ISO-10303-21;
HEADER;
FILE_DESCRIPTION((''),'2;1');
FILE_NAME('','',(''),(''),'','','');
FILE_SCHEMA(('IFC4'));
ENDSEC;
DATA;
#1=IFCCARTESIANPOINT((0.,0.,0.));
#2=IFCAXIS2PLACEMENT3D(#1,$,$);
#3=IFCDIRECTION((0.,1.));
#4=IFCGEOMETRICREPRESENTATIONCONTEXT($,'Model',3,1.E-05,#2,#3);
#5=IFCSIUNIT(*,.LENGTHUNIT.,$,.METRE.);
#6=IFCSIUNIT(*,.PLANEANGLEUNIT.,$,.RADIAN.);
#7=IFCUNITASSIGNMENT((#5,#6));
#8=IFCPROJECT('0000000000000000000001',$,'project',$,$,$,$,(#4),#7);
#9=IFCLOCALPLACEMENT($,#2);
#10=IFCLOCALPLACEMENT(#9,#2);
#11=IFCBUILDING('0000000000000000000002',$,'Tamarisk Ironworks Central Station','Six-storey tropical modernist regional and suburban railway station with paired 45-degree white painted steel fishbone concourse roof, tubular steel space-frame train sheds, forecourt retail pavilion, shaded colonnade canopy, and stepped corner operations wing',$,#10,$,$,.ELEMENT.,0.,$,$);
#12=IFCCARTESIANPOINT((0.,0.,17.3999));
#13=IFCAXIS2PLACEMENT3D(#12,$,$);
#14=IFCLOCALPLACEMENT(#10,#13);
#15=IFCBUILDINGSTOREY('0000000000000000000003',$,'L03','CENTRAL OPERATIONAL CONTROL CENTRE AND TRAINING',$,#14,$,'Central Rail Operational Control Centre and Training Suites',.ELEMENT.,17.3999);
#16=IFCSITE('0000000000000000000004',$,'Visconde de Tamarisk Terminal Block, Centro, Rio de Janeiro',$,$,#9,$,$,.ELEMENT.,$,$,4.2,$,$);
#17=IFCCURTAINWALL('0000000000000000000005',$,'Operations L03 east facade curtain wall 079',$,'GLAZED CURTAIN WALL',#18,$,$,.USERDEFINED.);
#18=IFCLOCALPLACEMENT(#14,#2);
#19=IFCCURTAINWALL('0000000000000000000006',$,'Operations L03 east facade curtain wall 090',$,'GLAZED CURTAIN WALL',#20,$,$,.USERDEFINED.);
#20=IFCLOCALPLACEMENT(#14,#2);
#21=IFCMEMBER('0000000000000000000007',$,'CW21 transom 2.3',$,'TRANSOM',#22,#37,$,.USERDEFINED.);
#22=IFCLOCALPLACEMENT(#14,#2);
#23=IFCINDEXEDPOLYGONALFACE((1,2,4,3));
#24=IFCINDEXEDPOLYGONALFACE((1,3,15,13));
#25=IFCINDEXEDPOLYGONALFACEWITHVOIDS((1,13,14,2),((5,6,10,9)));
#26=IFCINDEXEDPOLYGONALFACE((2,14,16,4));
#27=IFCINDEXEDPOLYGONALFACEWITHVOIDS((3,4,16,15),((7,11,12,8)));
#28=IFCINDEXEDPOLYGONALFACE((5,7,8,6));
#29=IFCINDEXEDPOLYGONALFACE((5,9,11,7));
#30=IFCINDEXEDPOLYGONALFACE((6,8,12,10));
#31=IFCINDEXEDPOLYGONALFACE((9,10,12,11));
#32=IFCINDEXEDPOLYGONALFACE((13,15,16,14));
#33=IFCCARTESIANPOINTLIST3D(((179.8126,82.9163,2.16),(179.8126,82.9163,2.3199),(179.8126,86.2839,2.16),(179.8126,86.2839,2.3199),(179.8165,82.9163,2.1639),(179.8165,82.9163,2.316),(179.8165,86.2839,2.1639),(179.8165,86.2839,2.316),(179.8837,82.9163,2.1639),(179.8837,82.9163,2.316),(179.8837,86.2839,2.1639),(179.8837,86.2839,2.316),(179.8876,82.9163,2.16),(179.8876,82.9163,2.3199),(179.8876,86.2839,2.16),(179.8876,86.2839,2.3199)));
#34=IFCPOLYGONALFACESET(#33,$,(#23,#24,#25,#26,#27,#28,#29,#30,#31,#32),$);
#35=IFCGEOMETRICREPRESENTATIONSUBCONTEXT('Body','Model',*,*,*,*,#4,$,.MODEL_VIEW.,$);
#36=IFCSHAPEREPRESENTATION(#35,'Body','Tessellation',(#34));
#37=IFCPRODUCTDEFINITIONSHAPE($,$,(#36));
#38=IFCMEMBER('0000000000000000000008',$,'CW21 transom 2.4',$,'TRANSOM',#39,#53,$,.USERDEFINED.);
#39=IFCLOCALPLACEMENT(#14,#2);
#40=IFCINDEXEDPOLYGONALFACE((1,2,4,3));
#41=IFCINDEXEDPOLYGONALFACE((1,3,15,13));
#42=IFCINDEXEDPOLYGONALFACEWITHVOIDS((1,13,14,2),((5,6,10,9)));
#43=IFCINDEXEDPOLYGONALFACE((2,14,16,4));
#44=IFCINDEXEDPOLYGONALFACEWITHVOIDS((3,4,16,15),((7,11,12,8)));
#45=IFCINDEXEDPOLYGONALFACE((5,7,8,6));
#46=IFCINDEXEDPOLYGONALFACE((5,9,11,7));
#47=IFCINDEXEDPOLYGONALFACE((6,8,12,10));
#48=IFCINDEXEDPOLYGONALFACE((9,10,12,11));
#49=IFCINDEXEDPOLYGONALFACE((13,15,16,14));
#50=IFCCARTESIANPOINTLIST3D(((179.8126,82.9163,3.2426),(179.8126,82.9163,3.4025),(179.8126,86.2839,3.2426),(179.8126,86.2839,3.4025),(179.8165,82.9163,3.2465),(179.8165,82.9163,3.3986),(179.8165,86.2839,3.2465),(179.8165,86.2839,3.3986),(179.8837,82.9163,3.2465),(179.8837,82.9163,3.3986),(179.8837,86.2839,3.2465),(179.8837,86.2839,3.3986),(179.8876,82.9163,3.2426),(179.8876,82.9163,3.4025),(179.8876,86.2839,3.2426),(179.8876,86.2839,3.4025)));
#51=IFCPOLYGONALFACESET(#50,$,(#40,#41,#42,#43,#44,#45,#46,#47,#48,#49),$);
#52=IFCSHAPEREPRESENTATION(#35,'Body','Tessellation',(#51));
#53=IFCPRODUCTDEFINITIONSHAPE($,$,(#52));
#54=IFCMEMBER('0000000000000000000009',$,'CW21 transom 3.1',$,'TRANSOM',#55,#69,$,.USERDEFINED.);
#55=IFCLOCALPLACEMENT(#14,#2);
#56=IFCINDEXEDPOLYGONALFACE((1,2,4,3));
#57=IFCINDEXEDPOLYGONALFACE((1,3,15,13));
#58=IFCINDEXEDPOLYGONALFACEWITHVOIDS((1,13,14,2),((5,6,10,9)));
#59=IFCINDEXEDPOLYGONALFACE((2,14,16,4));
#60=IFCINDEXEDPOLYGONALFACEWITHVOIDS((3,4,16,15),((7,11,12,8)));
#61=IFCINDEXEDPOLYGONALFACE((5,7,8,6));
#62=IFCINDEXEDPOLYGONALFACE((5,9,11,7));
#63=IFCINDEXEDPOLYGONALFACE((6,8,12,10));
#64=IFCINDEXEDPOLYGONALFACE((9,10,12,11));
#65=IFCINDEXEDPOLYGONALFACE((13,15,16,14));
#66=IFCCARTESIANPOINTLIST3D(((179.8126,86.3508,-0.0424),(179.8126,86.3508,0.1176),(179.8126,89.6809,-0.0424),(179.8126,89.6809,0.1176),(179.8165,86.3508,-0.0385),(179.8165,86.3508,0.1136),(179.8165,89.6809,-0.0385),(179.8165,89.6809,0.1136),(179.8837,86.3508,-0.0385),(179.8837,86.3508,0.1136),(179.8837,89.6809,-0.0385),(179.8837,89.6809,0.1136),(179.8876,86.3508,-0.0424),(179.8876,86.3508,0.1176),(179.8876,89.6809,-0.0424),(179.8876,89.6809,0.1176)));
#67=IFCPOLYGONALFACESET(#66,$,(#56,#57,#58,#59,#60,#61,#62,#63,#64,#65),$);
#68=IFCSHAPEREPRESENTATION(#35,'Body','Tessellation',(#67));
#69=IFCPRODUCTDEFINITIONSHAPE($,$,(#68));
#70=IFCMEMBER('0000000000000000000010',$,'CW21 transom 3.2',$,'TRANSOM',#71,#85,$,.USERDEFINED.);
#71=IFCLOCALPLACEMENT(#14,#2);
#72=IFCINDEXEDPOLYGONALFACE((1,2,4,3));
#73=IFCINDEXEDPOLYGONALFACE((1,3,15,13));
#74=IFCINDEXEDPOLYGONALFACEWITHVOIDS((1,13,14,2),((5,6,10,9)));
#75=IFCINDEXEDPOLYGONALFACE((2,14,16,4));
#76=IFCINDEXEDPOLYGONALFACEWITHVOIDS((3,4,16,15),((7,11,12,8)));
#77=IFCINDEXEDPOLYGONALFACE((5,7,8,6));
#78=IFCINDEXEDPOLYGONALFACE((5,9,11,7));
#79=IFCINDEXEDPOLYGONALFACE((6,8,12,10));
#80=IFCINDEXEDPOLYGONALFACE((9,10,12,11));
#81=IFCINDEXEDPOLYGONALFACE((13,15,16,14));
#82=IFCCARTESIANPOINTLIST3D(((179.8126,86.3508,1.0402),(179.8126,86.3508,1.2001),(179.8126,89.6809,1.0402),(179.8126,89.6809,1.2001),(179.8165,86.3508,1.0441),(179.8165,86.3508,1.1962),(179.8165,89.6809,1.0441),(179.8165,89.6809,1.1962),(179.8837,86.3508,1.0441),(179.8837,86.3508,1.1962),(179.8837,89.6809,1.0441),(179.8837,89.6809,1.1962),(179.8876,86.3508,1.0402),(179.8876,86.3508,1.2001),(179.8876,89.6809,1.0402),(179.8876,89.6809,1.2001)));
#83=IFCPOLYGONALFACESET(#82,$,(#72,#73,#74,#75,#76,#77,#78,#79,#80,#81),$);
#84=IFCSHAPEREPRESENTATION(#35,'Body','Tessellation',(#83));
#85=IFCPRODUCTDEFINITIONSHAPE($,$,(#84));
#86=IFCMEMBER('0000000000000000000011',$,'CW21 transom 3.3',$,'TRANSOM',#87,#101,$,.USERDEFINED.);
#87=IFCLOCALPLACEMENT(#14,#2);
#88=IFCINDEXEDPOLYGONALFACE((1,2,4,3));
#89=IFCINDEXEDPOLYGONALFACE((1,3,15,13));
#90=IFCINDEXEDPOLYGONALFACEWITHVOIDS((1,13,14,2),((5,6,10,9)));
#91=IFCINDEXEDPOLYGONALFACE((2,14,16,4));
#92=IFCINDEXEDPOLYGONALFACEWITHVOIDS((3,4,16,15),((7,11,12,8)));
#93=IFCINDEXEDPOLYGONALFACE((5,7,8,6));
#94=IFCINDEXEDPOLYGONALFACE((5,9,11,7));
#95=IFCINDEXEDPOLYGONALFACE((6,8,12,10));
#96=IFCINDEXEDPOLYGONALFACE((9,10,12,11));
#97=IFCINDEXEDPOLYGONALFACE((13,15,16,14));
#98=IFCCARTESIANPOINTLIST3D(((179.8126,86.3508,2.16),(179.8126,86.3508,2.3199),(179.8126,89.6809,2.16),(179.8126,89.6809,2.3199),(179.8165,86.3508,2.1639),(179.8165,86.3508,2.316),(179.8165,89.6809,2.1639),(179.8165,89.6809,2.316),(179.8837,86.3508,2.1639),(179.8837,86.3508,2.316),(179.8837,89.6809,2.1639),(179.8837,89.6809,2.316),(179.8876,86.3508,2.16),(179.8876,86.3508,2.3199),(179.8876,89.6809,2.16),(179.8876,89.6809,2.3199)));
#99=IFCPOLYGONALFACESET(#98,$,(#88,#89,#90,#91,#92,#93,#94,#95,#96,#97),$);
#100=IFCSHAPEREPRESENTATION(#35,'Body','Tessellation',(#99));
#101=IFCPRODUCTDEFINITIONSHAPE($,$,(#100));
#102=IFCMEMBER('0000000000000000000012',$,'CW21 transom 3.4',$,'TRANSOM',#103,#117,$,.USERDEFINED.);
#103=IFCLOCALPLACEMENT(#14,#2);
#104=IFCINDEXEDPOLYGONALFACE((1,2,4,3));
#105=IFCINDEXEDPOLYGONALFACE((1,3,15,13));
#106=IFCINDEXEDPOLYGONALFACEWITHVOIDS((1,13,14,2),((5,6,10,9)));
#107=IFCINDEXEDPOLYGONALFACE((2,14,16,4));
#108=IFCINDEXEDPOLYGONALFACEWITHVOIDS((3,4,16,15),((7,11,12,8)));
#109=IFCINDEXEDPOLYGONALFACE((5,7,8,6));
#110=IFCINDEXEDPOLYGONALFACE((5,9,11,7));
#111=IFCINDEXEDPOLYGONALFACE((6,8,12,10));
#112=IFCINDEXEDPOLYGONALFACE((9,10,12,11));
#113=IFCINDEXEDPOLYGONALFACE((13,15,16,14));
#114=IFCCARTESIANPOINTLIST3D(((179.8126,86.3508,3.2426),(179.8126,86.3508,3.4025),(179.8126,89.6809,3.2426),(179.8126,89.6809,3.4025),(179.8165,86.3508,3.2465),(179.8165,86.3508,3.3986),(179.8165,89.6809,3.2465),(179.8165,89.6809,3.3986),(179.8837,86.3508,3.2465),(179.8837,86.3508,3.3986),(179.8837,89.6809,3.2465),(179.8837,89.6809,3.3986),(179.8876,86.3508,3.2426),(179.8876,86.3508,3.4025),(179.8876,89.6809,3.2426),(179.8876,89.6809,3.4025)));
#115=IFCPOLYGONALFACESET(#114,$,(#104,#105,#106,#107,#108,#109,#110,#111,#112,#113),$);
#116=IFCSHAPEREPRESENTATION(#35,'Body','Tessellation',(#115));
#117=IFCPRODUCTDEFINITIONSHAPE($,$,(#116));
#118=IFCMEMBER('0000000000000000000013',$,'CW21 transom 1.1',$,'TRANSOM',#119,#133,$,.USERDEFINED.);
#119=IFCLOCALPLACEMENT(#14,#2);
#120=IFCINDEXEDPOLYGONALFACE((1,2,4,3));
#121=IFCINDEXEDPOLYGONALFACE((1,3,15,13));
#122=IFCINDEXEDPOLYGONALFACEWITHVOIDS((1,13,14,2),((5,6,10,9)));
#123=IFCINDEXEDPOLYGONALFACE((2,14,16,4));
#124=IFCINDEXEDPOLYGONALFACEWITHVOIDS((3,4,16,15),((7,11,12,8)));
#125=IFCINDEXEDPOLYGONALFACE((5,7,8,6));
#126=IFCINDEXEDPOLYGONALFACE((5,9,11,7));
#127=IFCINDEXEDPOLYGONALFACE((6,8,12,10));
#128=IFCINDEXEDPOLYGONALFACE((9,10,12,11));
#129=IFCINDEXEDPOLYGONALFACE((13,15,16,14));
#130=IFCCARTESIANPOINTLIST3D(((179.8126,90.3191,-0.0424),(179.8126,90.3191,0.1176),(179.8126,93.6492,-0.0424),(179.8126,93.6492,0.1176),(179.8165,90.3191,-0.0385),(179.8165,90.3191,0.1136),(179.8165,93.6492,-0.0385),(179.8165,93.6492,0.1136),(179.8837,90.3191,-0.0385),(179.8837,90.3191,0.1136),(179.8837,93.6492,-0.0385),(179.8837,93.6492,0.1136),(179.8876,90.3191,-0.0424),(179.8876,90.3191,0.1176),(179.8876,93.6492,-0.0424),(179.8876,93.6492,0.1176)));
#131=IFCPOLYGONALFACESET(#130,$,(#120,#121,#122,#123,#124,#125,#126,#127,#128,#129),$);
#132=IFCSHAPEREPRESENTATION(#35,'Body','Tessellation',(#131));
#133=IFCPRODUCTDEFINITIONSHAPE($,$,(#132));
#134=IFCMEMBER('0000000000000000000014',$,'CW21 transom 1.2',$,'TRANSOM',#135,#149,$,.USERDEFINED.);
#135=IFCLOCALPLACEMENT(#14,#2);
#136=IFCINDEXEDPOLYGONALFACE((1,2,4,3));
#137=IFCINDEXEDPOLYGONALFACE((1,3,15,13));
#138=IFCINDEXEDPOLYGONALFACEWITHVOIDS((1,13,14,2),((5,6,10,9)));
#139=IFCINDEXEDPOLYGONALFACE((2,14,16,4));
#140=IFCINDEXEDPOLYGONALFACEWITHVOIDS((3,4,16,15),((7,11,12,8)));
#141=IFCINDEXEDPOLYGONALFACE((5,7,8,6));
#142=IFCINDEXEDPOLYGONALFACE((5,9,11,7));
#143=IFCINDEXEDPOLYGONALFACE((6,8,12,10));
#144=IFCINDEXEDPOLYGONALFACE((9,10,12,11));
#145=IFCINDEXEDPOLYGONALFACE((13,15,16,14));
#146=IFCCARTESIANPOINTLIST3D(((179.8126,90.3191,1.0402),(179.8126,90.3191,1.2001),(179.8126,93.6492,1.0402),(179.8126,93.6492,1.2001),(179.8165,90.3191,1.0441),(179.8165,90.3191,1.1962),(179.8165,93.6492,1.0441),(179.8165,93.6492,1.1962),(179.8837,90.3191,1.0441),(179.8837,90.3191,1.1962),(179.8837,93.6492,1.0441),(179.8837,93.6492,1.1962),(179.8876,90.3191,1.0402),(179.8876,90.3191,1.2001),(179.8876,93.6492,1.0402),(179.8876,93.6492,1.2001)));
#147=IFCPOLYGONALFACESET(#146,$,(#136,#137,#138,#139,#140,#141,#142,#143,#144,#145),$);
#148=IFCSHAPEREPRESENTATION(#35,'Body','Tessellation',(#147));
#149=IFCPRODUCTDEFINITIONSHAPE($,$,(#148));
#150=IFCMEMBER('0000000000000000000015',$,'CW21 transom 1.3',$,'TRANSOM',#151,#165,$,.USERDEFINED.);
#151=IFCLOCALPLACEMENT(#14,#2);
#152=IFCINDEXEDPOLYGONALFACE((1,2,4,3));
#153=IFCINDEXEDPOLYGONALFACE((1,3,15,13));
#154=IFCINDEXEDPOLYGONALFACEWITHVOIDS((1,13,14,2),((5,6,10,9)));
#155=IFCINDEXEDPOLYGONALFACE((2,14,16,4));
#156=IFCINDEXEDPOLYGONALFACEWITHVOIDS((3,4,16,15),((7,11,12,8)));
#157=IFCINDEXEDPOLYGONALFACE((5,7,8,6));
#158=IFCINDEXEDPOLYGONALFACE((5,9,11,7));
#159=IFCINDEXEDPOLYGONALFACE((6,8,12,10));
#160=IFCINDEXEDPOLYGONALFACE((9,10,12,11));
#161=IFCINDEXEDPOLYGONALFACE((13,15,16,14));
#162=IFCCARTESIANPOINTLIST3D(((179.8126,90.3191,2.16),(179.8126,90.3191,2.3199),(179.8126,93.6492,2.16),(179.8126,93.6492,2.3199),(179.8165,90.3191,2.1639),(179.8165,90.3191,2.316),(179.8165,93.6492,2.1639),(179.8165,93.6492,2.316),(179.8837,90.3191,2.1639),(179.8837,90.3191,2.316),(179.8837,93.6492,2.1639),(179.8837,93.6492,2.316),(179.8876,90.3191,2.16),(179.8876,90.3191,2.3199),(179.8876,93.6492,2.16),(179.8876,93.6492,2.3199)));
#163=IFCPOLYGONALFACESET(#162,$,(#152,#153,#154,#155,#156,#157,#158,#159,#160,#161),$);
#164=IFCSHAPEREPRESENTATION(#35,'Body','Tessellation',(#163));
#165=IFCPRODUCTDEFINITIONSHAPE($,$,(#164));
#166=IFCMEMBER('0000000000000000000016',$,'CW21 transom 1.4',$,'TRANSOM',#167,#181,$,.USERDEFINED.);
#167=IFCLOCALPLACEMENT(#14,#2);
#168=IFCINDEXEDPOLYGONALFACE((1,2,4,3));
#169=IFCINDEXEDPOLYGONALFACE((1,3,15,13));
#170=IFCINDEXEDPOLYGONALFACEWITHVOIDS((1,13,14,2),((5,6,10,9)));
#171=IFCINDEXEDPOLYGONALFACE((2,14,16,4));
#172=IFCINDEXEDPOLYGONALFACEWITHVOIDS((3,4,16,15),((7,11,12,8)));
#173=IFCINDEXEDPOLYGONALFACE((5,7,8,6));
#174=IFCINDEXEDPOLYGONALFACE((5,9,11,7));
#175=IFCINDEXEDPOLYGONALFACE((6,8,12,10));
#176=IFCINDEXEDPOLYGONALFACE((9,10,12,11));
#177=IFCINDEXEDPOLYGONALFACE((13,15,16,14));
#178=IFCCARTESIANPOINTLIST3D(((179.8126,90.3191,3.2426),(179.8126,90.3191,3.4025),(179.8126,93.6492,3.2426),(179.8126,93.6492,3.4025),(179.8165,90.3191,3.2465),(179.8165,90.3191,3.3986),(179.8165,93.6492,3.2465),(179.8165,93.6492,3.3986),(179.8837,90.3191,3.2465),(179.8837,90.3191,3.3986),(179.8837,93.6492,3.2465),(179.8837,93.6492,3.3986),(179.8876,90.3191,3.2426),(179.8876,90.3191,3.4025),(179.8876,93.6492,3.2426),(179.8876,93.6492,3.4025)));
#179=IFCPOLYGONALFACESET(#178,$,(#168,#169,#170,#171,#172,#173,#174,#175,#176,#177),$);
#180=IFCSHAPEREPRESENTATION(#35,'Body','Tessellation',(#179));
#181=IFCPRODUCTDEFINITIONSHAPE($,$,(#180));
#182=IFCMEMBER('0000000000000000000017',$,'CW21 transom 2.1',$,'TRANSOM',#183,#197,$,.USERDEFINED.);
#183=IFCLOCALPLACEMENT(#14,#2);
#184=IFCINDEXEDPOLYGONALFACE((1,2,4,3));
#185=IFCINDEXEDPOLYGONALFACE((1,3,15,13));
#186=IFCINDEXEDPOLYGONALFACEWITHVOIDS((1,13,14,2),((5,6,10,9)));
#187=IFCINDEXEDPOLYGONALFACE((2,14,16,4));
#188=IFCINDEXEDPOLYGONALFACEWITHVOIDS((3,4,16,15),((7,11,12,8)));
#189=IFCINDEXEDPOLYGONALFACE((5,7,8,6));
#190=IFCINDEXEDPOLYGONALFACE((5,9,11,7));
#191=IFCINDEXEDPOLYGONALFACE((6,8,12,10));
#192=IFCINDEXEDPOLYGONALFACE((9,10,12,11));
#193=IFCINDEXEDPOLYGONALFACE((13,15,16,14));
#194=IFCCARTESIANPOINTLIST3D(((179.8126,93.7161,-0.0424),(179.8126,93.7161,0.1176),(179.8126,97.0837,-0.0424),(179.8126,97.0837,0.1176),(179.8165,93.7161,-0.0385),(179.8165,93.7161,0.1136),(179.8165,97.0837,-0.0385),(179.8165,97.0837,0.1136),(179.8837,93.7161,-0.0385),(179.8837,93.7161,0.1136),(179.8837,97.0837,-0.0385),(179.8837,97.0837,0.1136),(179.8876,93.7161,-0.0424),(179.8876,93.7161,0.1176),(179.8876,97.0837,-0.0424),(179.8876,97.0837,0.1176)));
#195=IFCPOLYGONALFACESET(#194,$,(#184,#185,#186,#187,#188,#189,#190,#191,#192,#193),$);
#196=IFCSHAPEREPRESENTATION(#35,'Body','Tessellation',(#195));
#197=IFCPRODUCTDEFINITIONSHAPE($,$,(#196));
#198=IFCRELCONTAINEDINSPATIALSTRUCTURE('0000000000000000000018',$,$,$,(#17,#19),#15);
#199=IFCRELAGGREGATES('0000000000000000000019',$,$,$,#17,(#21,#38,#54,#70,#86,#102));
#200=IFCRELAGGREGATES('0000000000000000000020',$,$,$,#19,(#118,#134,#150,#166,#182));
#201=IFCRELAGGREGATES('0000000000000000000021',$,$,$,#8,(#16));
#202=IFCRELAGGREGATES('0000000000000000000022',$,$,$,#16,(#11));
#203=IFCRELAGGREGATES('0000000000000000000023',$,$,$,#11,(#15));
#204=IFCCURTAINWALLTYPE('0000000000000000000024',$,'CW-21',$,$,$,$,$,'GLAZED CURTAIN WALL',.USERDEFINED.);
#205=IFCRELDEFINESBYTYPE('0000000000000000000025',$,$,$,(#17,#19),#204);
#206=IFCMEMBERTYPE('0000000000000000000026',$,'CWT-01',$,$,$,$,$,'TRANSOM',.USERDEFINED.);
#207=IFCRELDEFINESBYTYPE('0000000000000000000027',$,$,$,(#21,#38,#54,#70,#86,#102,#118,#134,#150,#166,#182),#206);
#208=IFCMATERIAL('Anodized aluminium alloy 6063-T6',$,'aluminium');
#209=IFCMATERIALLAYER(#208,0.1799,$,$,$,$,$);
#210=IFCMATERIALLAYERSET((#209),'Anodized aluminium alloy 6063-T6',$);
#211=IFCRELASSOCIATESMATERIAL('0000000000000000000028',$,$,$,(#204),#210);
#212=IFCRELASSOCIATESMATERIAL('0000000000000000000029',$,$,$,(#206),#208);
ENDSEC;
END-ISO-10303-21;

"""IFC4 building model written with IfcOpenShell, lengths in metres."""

from ifc_helpers import new_model, si_unit, direction, frame, origin, origin_2d, place, context, subcontext, project, spatial, hollow_rectangle, extrude, material, layer, layer_set, material_profile, profile_set, type_object, element, aggregate, save


model = new_model("IFC4")

# Units and contexts
model_context = context("Model", 3, precision=1e-05, world=origin(), true_north=direction((0.0, 1.0)))
body_context = subcontext(model_context, "Body", "Model", "MODEL_VIEW")
ifc_project = project(units=[si_unit("LENGTHUNIT", "METRE"), si_unit("PLANEANGLEUNIT", "RADIAN")], contexts=[model_context])

# Site, building, storey
site_placement = place(None, origin())
site = spatial("IfcSite", under=ifc_project, at=site_placement, Name="Visconde de Tamarisk Terminal Block, Centro, Rio de Janeiro", CompositionType="ELEMENT", RefElevation=4.2)
building_placement = place(site_placement, origin())
building = spatial("IfcBuilding", under=site, at=building_placement, Name="Tamarisk Ironworks Central Station", Description="Six-storey tropical modernist regional and suburban railway station with paired 45-degree white painted steel fishbone concourse roof, tubular steel space-frame train sheds, forecourt retail pavilion, shaded colonnade canopy, and stepped corner operations wing", CompositionType="ELEMENT", ElevationOfRefHeight=0.0)
storey_placement = place(building_placement, frame((0.0, 0.0, 17.3999)))
storey = spatial("IfcBuildingStorey", under=building, at=storey_placement, Name="L03", Description="CENTRAL OPERATIONAL CONTROL CENTRE AND TRAINING", LongName="Central Rail Operational Control Centre and Training Suites", CompositionType="ELEMENT", Elevation=17.3999)

# Curtain walls
ifc_material_1 = material(Name="Anodized aluminium alloy 6063-T6", Category="aluminium")
ifc_layer_1 = layer(ifc_material_1, 0.1799)
ifc_layer_set_1 = layer_set([ifc_layer_1], Name="Anodized aluminium alloy 6063-T6")
curtain_wall_type = type_object("IfcCurtainWallType", Name="CW-21", ElementType="GLAZED CURTAIN WALL", PredefinedType="USERDEFINED", material=ifc_layer_set_1)
curtain_wall_1_placement = place(storey_placement, origin())
curtain_wall_1 = element("IfcCurtainWall", 1, at=curtain_wall_1_placement, inside=storey, type_object=curtain_wall_type, Name="Operations L03 east facade curtain wall 079", ObjectType="GLAZED CURTAIN WALL", PredefinedType="USERDEFINED")
curtain_wall_2_placement = place(storey_placement, origin())
curtain_wall_2 = element("IfcCurtainWall", 2, at=curtain_wall_2_placement, inside=storey, type_object=curtain_wall_type, Name="Operations L03 east facade curtain wall 090", ObjectType="GLAZED CURTAIN WALL", PredefinedType="USERDEFINED")

# Members
ifc_material_profile_1 = material_profile(ifc_material_1, hollow_rectangle(XDim=0.075, YDim=0.1599, WallThickness=0.0039, at=origin_2d()), Name="ALUM 160x75")
ifc_profile_set_1 = profile_set([ifc_material_profile_1], Name="Anodized aluminium alloy 6063-T6")
member_type_1 = type_object("IfcMemberType", Name="CWT-01", ElementType="TRANSOM", PredefinedType="USERDEFINED", material=ifc_profile_set_1)
member_1_placement = place(storey_placement, frame((179.8501, 82.9163, 2.24), z_axis=(0.0, 1.0, 0.0), x_axis=(-1.0, 0.0, 0.0)))
member_1 = element("IfcMember", 3, at=member_1_placement, type_object=member_type_1, Name="CW21 transom 2.3", ObjectType="TRANSOM", PredefinedType="USERDEFINED", context=body_context, shape_type="SweptSolid", body=[
    extrude(hollow_rectangle(XDim=0.075, YDim=0.1599, WallThickness=0.0039, at=origin_2d()), origin(), (0.0, 0.0, 1.0), 3.3677),
])
member_2_placement = place(storey_placement, frame((179.8501, 82.9163, 3.3225), z_axis=(0.0, 1.0, 0.0), x_axis=(-1.0, 0.0, 0.0)))
member_2 = element("IfcMember", 4, at=member_2_placement, type_object=member_type_1, Name="CW21 transom 2.4", ObjectType="TRANSOM", PredefinedType="USERDEFINED", context=body_context, shape_type="SweptSolid", body=[
    extrude(hollow_rectangle(XDim=0.075, YDim=0.1599, WallThickness=0.0039, at=origin_2d()), origin(), (0.0, 0.0, 1.0), 3.3677),
])
member_3_placement = place(storey_placement, frame((179.8501, 86.3508, 0.0376), z_axis=(0.0, 1.0, 0.0), x_axis=(-1.0, 0.0, 0.0)))
member_3 = element("IfcMember", 5, at=member_3_placement, type_object=member_type_1, Name="CW21 transom 3.1", ObjectType="TRANSOM", PredefinedType="USERDEFINED", context=body_context, shape_type="SweptSolid", body=[
    extrude(hollow_rectangle(XDim=0.075, YDim=0.1599, WallThickness=0.0039, at=origin_2d()), origin(), (0.0, 0.0, 1.0), 3.3301),
])
member_4_placement = place(storey_placement, frame((179.8501, 86.3508, 1.1201), z_axis=(0.0, 1.0, 0.0), x_axis=(-1.0, 0.0, 0.0)))
member_4 = element("IfcMember", 6, at=member_4_placement, type_object=member_type_1, Name="CW21 transom 3.2", ObjectType="TRANSOM", PredefinedType="USERDEFINED", context=body_context, shape_type="SweptSolid", body=[
    extrude(hollow_rectangle(XDim=0.075, YDim=0.1599, WallThickness=0.0039, at=origin_2d()), origin(), (0.0, 0.0, 1.0), 3.3301),
])
member_5_placement = place(storey_placement, frame((179.8501, 86.3508, 2.24), z_axis=(0.0, 1.0, 0.0), x_axis=(-1.0, 0.0, 0.0)))
member_5 = element("IfcMember", 7, at=member_5_placement, type_object=member_type_1, Name="CW21 transom 3.3", ObjectType="TRANSOM", PredefinedType="USERDEFINED", context=body_context, shape_type="SweptSolid", body=[
    extrude(hollow_rectangle(XDim=0.075, YDim=0.1599, WallThickness=0.0039, at=origin_2d()), origin(), (0.0, 0.0, 1.0), 3.3301),
])
member_6_placement = place(storey_placement, frame((179.8501, 86.3508, 3.3225), z_axis=(0.0, 1.0, 0.0), x_axis=(-1.0, 0.0, 0.0)))
member_6 = element("IfcMember", 8, at=member_6_placement, type_object=member_type_1, Name="CW21 transom 3.4", ObjectType="TRANSOM", PredefinedType="USERDEFINED", context=body_context, shape_type="SweptSolid", body=[
    extrude(hollow_rectangle(XDim=0.075, YDim=0.1599, WallThickness=0.0039, at=origin_2d()), origin(), (0.0, 0.0, 1.0), 3.3301),
])
member_7_placement = place(storey_placement, frame((179.8501, 90.3191, 0.0376), z_axis=(0.0, 1.0, 0.0), x_axis=(-1.0, 0.0, 0.0)))
member_7 = element("IfcMember", 9, at=member_7_placement, type_object=member_type_1, Name="CW21 transom 1.1", ObjectType="TRANSOM", PredefinedType="USERDEFINED", context=body_context, shape_type="SweptSolid", body=[
    extrude(hollow_rectangle(XDim=0.075, YDim=0.1599, WallThickness=0.0039, at=origin_2d()), origin(), (0.0, 0.0, 1.0), 3.3301),
])
member_8_placement = place(storey_placement, frame((179.8501, 90.3191, 1.1201), z_axis=(0.0, 1.0, 0.0), x_axis=(-1.0, 0.0, 0.0)))
member_8 = element("IfcMember", 10, at=member_8_placement, type_object=member_type_1, Name="CW21 transom 1.2", ObjectType="TRANSOM", PredefinedType="USERDEFINED", context=body_context, shape_type="SweptSolid", body=[
    extrude(hollow_rectangle(XDim=0.075, YDim=0.1599, WallThickness=0.0039, at=origin_2d()), origin(), (0.0, 0.0, 1.0), 3.3301),
])
member_9_placement = place(storey_placement, frame((179.8501, 90.3191, 2.24), z_axis=(0.0, 1.0, 0.0), x_axis=(-1.0, 0.0, 0.0)))
member_9 = element("IfcMember", 11, at=member_9_placement, type_object=member_type_1, Name="CW21 transom 1.3", ObjectType="TRANSOM", PredefinedType="USERDEFINED", context=body_context, shape_type="SweptSolid", body=[
    extrude(hollow_rectangle(XDim=0.075, YDim=0.1599, WallThickness=0.0039, at=origin_2d()), origin(), (0.0, 0.0, 1.0), 3.3301),
])
member_10_placement = place(storey_placement, frame((179.8501, 90.3191, 3.3225), z_axis=(0.0, 1.0, 0.0), x_axis=(-1.0, 0.0, 0.0)))
member_10 = element("IfcMember", 12, at=member_10_placement, type_object=member_type_1, Name="CW21 transom 1.4", ObjectType="TRANSOM", PredefinedType="USERDEFINED", context=body_context, shape_type="SweptSolid", body=[
    extrude(hollow_rectangle(XDim=0.075, YDim=0.1599, WallThickness=0.0039, at=origin_2d()), origin(), (0.0, 0.0, 1.0), 3.3301),
])
member_11_placement = place(storey_placement, frame((179.8501, 93.7161, 0.0376), z_axis=(0.0, 1.0, 0.0), x_axis=(-1.0, 0.0, 0.0)))
member_11 = element("IfcMember", 13, at=member_11_placement, type_object=member_type_1, Name="CW21 transom 2.1", ObjectType="TRANSOM", PredefinedType="USERDEFINED", context=body_context, shape_type="SweptSolid", body=[
    extrude(hollow_rectangle(XDim=0.075, YDim=0.1599, WallThickness=0.0039, at=origin_2d()), origin(), (0.0, 0.0, 1.0), 3.3677),
])

aggregate(curtain_wall_1, [member_1, member_2, member_3, member_4, member_5, member_6])
aggregate(curtain_wall_2, [member_7, member_8, member_9, member_10, member_11])

save(model, "model.ifc")
